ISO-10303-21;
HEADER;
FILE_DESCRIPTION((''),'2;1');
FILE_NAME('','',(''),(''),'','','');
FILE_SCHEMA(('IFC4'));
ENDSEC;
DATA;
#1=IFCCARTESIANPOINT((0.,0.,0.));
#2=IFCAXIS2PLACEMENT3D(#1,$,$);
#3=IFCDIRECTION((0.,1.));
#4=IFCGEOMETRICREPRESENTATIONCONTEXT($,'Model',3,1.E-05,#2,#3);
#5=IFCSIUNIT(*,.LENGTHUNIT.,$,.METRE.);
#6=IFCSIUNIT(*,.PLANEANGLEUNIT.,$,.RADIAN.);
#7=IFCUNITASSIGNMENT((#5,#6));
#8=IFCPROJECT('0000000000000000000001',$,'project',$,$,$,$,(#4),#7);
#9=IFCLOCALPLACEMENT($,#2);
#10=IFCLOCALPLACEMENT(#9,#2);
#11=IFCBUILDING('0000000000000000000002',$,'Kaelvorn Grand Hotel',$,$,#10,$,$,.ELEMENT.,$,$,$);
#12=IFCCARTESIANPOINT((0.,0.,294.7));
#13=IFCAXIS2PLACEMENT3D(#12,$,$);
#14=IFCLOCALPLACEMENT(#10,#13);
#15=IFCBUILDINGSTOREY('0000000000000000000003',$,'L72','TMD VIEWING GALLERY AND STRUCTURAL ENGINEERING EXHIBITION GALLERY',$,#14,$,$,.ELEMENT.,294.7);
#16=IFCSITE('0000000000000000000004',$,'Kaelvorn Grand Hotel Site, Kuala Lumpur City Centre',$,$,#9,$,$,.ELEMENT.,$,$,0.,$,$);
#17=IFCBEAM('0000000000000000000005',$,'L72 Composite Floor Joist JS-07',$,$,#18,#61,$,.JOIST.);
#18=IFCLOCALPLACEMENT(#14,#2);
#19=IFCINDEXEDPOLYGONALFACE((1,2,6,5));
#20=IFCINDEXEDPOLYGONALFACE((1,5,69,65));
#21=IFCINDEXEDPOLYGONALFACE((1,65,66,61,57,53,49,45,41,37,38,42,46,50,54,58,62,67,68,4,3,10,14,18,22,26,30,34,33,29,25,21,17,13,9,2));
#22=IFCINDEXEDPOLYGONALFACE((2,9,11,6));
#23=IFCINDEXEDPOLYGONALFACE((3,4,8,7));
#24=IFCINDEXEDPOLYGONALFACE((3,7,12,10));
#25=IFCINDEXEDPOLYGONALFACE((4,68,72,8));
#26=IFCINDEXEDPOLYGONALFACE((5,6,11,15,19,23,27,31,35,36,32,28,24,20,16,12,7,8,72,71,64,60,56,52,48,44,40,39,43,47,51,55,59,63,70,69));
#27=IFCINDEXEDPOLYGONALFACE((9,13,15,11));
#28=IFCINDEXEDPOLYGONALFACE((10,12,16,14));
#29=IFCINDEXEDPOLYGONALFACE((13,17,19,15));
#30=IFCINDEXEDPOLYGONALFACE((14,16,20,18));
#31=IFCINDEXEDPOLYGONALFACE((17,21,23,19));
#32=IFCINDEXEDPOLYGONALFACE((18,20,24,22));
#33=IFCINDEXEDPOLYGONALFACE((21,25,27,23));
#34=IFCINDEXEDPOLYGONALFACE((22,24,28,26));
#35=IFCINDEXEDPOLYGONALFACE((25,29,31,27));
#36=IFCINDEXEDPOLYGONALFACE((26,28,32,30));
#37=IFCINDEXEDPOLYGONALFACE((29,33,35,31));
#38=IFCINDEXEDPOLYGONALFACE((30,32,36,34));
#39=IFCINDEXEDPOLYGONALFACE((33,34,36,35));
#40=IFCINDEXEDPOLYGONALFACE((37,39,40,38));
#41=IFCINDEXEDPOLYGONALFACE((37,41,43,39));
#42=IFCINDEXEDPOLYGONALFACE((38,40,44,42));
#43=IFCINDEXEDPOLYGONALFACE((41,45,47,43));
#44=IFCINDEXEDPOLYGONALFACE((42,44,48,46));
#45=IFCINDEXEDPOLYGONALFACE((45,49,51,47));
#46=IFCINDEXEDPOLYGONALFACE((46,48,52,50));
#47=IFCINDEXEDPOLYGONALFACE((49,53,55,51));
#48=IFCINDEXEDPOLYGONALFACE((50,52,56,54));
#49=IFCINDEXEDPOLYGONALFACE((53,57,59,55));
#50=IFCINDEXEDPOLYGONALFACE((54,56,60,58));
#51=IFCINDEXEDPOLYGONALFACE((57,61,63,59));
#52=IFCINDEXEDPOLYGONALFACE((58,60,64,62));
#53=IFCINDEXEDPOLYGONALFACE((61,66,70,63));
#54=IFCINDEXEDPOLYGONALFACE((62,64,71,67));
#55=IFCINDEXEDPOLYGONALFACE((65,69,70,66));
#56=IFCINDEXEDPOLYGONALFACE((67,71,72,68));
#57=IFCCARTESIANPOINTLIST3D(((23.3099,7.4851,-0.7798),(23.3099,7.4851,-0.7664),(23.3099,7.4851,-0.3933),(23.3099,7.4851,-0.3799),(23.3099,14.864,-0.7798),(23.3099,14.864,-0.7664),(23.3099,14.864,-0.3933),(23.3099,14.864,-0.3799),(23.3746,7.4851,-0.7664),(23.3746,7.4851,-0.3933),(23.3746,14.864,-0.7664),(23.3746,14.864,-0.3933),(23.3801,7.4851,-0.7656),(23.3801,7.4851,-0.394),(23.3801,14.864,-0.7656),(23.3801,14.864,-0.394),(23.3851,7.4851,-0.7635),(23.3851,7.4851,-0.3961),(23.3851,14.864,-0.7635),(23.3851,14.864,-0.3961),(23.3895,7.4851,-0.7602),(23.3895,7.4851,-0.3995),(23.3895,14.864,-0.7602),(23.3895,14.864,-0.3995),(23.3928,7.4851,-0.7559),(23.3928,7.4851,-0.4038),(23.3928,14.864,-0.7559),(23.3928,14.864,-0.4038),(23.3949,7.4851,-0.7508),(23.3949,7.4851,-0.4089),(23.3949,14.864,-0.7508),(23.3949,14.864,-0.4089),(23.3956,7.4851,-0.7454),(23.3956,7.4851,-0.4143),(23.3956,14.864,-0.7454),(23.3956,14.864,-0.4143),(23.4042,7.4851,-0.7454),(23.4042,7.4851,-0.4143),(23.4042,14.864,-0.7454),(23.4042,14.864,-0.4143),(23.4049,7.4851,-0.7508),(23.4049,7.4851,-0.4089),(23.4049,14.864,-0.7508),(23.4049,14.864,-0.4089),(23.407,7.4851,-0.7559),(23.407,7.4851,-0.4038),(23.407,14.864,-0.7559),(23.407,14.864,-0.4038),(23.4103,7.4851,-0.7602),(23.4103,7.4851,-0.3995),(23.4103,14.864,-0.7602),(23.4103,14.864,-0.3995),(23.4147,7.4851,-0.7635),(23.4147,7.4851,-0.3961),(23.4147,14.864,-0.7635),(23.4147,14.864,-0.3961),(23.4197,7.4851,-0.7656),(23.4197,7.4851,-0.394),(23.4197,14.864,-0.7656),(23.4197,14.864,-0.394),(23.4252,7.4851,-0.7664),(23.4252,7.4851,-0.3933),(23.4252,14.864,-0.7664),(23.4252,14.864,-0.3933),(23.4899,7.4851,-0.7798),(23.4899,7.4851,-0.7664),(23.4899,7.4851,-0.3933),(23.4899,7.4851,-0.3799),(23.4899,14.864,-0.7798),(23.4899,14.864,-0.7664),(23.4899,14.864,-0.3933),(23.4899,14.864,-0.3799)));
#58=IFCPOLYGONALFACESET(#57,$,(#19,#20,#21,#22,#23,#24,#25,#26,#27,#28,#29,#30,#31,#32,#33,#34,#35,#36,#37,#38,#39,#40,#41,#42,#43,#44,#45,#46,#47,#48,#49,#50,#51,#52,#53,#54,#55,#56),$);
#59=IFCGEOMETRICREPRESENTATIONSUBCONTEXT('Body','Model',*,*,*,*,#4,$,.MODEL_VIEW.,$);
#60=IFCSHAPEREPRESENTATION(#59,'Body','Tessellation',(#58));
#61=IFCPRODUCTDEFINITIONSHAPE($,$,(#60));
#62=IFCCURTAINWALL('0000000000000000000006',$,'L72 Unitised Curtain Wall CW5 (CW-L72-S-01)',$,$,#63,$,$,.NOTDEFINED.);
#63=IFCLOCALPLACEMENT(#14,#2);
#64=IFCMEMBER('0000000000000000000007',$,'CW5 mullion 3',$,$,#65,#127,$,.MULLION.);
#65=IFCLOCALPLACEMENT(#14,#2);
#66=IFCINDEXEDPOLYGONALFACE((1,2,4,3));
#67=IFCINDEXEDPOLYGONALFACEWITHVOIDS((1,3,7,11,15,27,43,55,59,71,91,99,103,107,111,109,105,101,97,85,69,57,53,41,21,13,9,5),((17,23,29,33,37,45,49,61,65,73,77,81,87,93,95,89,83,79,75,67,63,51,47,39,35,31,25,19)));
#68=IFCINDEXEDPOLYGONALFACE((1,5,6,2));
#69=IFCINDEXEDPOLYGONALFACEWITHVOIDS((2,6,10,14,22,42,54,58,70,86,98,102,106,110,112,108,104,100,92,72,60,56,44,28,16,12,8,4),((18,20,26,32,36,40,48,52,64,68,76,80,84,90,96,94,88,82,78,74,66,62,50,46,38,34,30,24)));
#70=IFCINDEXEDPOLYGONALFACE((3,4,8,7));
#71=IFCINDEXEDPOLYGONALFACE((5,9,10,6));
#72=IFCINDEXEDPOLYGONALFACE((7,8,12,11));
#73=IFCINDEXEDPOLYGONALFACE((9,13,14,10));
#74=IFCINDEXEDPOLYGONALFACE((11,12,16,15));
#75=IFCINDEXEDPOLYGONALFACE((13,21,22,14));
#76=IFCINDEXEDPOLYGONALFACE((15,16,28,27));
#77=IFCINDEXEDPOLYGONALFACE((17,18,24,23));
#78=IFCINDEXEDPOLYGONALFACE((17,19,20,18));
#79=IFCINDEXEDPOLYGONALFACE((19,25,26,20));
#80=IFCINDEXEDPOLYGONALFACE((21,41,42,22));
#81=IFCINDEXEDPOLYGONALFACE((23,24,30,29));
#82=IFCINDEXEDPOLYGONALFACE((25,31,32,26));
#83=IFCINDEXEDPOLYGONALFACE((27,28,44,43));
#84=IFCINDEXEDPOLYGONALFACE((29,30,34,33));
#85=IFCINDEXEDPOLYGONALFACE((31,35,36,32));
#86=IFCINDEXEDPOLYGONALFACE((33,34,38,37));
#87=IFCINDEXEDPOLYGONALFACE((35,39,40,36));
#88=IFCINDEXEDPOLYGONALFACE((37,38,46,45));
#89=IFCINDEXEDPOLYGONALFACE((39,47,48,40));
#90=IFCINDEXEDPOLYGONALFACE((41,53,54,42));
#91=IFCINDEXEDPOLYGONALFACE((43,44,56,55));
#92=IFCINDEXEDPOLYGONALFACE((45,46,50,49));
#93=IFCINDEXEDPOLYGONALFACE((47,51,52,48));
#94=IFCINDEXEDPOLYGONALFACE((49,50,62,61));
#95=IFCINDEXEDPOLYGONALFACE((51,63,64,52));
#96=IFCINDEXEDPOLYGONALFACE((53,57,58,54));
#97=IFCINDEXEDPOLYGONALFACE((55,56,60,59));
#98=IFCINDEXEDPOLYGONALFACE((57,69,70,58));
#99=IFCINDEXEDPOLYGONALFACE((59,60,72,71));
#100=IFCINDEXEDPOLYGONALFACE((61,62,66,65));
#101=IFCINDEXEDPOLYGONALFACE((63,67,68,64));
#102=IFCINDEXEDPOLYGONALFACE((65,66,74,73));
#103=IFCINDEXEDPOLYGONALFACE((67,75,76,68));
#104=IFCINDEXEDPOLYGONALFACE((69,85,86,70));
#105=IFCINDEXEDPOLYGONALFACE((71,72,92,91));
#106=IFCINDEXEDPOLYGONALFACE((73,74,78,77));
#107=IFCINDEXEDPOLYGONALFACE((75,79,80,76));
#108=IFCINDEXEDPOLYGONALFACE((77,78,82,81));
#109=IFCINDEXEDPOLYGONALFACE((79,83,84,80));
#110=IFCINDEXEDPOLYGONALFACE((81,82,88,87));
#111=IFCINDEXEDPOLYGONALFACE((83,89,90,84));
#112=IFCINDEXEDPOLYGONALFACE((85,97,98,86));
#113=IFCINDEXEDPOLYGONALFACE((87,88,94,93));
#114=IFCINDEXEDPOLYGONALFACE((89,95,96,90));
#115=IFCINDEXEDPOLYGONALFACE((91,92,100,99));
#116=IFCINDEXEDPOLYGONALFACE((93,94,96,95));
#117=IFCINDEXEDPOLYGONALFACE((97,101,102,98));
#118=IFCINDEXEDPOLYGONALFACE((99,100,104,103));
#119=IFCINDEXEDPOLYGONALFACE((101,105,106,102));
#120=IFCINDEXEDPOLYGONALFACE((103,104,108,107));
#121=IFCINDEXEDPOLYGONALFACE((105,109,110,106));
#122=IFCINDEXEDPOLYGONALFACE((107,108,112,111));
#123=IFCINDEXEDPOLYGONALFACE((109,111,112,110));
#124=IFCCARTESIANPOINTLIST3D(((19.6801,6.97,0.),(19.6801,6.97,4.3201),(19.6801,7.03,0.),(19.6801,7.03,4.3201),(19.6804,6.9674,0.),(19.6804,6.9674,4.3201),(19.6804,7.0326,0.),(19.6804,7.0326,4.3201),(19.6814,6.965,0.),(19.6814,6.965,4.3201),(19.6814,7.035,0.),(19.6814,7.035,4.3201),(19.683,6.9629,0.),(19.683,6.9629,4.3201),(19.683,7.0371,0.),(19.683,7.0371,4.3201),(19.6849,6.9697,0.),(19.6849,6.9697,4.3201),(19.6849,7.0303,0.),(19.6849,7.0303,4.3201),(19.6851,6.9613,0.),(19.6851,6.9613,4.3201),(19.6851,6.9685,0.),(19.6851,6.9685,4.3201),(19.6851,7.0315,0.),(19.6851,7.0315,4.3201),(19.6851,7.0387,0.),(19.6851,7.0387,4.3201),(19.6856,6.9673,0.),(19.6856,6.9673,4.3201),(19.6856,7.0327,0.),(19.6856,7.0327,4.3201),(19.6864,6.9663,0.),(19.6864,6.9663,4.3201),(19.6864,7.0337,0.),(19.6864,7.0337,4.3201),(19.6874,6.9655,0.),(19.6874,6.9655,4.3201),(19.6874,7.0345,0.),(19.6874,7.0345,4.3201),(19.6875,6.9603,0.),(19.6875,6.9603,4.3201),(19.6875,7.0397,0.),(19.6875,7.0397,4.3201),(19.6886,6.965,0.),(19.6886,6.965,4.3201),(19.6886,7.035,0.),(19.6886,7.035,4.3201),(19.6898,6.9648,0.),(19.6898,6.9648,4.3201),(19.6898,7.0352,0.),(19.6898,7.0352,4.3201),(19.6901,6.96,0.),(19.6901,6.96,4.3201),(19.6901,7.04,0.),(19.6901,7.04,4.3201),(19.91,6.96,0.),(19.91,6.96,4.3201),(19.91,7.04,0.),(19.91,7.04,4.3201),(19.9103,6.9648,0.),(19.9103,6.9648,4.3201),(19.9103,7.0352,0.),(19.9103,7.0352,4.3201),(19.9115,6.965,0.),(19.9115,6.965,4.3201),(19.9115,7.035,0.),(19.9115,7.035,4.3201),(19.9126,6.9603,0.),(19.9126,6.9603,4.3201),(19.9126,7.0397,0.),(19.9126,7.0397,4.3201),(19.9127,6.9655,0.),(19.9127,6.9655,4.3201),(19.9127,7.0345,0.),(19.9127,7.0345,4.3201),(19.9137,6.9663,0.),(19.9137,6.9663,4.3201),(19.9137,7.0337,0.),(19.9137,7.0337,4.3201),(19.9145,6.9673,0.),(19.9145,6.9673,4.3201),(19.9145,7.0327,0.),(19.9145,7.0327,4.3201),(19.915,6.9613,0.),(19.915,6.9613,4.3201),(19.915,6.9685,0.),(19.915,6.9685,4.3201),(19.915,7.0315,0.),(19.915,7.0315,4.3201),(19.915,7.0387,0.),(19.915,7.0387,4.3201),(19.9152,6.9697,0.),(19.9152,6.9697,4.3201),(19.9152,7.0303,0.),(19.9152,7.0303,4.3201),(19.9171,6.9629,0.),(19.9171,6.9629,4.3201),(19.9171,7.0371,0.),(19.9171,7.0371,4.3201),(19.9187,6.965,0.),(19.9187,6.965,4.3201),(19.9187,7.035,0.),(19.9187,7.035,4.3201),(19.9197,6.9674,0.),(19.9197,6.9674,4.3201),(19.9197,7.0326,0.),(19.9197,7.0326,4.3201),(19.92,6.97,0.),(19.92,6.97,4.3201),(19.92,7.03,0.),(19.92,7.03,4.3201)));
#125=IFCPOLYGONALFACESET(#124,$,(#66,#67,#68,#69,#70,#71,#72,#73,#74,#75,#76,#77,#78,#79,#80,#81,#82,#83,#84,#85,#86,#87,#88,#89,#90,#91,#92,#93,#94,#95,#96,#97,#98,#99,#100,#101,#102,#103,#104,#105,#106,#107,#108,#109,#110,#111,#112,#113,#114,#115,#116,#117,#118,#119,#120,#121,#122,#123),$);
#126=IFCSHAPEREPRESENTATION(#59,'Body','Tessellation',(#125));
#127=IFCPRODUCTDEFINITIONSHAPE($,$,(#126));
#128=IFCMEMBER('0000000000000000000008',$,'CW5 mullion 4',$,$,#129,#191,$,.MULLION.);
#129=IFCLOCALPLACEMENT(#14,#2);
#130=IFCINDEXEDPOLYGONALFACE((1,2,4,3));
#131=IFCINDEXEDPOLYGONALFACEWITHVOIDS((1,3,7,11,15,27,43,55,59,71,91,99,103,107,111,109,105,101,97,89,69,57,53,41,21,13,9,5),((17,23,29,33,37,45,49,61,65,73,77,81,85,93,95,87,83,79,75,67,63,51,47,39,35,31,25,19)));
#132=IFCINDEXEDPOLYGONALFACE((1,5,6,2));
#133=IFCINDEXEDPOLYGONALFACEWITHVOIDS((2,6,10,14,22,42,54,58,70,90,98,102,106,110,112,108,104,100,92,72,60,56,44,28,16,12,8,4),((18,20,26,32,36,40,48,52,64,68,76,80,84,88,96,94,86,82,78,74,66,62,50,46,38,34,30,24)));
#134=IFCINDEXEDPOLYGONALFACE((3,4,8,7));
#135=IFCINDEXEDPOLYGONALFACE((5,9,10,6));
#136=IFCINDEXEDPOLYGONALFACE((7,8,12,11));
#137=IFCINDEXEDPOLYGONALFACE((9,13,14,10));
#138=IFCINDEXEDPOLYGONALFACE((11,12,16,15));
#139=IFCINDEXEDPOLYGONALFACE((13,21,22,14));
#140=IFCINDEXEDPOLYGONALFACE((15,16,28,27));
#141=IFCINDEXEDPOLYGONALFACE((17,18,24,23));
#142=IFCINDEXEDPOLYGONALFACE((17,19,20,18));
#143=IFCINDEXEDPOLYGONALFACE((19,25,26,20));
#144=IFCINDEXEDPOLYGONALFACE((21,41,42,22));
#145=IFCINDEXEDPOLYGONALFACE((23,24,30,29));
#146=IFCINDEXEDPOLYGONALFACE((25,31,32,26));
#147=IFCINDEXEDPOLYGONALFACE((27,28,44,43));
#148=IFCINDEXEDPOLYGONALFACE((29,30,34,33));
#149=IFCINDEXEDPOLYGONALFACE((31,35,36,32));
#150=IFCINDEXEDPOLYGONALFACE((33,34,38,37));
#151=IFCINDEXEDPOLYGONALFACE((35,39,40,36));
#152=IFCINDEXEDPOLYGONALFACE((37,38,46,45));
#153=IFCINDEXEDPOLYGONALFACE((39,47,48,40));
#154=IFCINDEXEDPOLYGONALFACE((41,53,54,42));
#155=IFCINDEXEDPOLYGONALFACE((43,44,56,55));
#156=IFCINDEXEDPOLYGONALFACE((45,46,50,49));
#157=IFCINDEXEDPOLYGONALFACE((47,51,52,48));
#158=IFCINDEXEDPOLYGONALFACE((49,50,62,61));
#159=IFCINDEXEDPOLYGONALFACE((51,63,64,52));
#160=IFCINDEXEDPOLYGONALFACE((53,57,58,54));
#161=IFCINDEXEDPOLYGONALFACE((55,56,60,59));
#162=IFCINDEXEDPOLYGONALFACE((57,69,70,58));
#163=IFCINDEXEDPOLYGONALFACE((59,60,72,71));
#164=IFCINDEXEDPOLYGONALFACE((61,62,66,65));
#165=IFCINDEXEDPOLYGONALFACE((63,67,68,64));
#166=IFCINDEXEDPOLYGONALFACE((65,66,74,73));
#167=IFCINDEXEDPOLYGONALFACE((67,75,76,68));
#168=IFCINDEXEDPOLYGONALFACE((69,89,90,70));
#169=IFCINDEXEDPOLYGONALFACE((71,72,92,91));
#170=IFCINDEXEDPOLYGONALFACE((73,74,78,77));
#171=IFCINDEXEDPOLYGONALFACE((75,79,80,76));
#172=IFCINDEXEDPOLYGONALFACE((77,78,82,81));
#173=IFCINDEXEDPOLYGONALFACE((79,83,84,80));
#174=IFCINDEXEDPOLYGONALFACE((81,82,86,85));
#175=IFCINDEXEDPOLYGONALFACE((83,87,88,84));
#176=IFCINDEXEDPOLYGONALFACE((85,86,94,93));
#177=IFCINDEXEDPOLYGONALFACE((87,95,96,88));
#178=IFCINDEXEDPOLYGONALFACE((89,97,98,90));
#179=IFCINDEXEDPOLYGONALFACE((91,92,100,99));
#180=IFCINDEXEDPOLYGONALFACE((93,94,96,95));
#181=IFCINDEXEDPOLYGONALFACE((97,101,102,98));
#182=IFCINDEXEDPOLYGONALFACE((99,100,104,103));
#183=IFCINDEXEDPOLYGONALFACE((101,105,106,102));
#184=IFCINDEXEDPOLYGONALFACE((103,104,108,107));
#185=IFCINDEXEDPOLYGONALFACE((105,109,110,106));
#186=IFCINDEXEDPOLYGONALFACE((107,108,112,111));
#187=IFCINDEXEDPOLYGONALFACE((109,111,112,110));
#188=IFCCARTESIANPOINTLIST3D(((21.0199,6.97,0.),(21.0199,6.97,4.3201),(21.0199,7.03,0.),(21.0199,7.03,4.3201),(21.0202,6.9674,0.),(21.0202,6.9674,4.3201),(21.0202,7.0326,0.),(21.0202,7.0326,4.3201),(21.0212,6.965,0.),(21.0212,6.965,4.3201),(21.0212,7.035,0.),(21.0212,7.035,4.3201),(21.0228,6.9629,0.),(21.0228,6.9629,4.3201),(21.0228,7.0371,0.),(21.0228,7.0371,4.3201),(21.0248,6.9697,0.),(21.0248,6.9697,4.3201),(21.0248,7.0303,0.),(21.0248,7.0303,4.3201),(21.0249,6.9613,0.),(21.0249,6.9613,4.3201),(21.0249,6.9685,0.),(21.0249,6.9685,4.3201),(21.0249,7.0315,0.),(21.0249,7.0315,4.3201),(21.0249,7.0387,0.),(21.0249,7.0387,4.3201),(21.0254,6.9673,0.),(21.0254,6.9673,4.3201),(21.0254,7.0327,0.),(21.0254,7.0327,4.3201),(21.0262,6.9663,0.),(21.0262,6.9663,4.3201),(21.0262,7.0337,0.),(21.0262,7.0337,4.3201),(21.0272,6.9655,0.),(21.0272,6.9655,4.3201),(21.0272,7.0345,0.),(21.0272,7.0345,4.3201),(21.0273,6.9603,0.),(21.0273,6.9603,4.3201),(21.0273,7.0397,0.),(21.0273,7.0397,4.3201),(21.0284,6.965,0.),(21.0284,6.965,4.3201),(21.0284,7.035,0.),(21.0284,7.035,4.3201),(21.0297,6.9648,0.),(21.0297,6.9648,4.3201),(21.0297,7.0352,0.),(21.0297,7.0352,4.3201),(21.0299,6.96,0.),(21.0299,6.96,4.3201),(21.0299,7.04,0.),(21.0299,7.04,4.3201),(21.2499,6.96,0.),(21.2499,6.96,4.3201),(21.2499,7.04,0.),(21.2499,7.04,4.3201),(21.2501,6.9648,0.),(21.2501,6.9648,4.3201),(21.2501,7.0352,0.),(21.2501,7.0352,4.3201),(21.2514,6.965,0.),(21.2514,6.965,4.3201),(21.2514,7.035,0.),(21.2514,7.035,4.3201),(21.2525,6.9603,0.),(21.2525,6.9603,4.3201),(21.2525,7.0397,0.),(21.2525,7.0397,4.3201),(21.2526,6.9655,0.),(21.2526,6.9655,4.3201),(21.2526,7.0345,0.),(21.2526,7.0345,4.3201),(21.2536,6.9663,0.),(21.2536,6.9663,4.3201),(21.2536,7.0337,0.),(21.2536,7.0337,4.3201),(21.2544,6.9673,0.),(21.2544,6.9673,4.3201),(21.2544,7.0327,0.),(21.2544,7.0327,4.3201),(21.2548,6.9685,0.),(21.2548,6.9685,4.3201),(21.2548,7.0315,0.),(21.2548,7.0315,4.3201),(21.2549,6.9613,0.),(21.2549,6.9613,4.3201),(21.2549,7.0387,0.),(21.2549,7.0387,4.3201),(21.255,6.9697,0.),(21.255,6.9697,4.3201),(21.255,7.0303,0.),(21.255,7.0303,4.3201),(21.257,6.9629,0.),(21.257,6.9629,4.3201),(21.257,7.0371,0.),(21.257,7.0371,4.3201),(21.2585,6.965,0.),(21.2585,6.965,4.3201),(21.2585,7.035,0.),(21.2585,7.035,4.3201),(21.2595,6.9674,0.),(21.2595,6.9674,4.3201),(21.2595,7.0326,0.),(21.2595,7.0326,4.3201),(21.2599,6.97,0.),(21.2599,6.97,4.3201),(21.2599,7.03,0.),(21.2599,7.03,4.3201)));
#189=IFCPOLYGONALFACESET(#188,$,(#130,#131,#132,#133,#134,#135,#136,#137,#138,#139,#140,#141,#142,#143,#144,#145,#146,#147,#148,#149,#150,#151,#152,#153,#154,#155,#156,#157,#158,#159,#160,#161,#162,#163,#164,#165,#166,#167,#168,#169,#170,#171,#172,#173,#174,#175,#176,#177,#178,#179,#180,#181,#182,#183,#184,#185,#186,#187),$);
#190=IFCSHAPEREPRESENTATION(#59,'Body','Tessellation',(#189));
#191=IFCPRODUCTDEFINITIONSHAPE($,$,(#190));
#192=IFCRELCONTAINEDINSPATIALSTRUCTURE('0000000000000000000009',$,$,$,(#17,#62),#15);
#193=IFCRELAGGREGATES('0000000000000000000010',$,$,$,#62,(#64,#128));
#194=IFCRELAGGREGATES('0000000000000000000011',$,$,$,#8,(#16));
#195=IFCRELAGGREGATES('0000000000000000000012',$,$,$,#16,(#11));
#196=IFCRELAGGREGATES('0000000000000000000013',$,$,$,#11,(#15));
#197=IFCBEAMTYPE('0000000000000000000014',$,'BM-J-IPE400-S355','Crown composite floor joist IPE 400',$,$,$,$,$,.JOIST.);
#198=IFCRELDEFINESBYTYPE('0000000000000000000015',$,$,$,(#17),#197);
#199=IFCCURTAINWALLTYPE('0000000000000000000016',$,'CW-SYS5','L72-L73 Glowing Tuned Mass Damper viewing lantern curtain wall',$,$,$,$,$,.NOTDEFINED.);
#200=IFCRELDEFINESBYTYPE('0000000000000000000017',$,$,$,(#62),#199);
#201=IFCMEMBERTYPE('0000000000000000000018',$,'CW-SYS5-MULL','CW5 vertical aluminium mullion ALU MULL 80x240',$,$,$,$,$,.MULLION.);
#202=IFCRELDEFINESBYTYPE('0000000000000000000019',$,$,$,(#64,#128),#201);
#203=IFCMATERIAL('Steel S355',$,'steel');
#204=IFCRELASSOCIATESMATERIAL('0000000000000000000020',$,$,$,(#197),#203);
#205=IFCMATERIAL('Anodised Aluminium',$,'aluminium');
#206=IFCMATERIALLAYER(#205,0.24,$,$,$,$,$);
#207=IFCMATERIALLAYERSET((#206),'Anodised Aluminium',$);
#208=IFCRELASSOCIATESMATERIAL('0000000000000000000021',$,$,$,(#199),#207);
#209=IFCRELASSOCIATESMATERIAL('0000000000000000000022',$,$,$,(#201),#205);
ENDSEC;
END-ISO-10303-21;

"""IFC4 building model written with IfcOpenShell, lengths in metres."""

from ifc_helpers import new_model, si_unit, direction, frame, origin, origin_2d, place, context, subcontext, project, spatial, hollow_rectangle, i_section, extrude, material, layer, layer_set, material_profile, profile_set, type_object, element, aggregate, save


model = new_model("IFC4")

# Units and contexts
model_context = context("Model", 3, precision=1e-05, world=origin(), true_north=direction((0.0, 1.0)))
body_context = subcontext(model_context, "Body", "Model", "MODEL_VIEW")
ifc_project = project(units=[si_unit("LENGTHUNIT", "METRE"), si_unit("PLANEANGLEUNIT", "RADIAN")], contexts=[model_context])

# Site, building, storey
site_placement = place(None, origin())
site = spatial("IfcSite", under=ifc_project, at=site_placement, Name="Kaelvorn Grand Hotel Site, Kuala Lumpur City Centre", CompositionType="ELEMENT", RefElevation=0.0)
building_placement = place(site_placement, origin())
building = spatial("IfcBuilding", under=site, at=building_placement, Name="Kaelvorn Grand Hotel", CompositionType="ELEMENT")
storey_placement = place(building_placement, frame((0.0, 0.0, 294.7)))
storey = spatial("IfcBuildingStorey", under=building, at=storey_placement, Name="L72", Description="TMD VIEWING GALLERY AND STRUCTURAL ENGINEERING EXHIBITION GALLERY", CompositionType="ELEMENT", Elevation=294.7)

# Beam
ifc_material_1 = material(Name="Steel S355", Category="steel")
ifc_material_profile_1 = material_profile(ifc_material_1, i_section(OverallWidth=0.1799, OverallDepth=0.3999, WebThickness=0.0085, FlangeThickness=0.0134, FilletRadius=0.021, at=origin_2d()), Name="IPE 400")
ifc_profile_set_1 = profile_set([ifc_material_profile_1], Name="Steel S355")
beam_type_1 = type_object("IfcBeamType", Name="BM-J-IPE400-S355", Description="Crown composite floor joist IPE 400", PredefinedType="JOIST", material=ifc_profile_set_1)
beam_1_placement = place(storey_placement, frame((23.3999, 7.4851, -0.5798), z_axis=(0.0, 1.0, 0.0), x_axis=(-1.0, 0.0, 0.0)))
element("IfcBeam", 1, at=beam_1_placement, inside=storey, type_object=beam_type_1, Name="L72 Composite Floor Joist JS-07", PredefinedType="JOIST", context=body_context, shape_type="SweptSolid", body=[
    extrude(i_section(OverallWidth=0.1799, OverallDepth=0.3999, WebThickness=0.0085, FlangeThickness=0.0134, FilletRadius=0.021, at=origin_2d()), origin(), (0.0, 0.0, 1.0), 7.3789),
])

# Curtain wall, members
ifc_material_2 = material(Name="Anodised Aluminium", Category="aluminium")
ifc_layer_1 = layer(ifc_material_2, 0.24)
ifc_layer_set_1 = layer_set([ifc_layer_1], Name="Anodised Aluminium")
curtain_wall_type = type_object("IfcCurtainWallType", Name="CW-SYS5", Description="L72-L73 Glowing Tuned Mass Damper viewing lantern curtain wall", PredefinedType="NOTDEFINED", material=ifc_layer_set_1)
curtain_wall_placement = place(storey_placement, origin())
curtain_wall = element("IfcCurtainWall", 2, at=curtain_wall_placement, inside=storey, type_object=curtain_wall_type, Name="L72 Unitised Curtain Wall CW5 (CW-L72-S-01)", PredefinedType="NOTDEFINED")
ifc_material_profile_2 = material_profile(ifc_material_2, hollow_rectangle(XDim=0.0801, YDim=0.24, WallThickness=0.0049, InnerFilletRadius=0.0049, OuterFilletRadius=0.01, at=origin_2d()), Name="ALU MULL 80x240")
ifc_profile_set_2 = profile_set([ifc_material_profile_2], Name="Anodised Aluminium")
member_type_1 = type_object("IfcMemberType", Name="CW-SYS5-MULL", Description="CW5 vertical aluminium mullion ALU MULL 80x240", PredefinedType="MULLION", material=ifc_profile_set_2)
member_1_placement = place(storey_placement, frame((19.8, 7.0, 0.0), z_axis=(0.0, 0.0, 1.0), x_axis=(0.0, 1.0, 0.0)))
member_1 = element("IfcMember", 3, at=member_1_placement, type_object=member_type_1, Name="CW5 mullion 3", PredefinedType="MULLION", context=body_context, shape_type="SweptSolid", body=[
    extrude(hollow_rectangle(XDim=0.0801, YDim=0.24, WallThickness=0.0049, InnerFilletRadius=0.0049, OuterFilletRadius=0.01, at=origin_2d()), origin(), (0.0, 0.0, 1.0), 4.3201),
])
member_2_placement = place(storey_placement, frame((21.1399, 7.0, 0.0), z_axis=(0.0, 0.0, 1.0), x_axis=(0.0, 1.0, 0.0)))
member_2 = element("IfcMember", 4, at=member_2_placement, type_object=member_type_1, Name="CW5 mullion 4", PredefinedType="MULLION", context=body_context, shape_type="SweptSolid", body=[
    extrude(hollow_rectangle(XDim=0.0801, YDim=0.24, WallThickness=0.0049, InnerFilletRadius=0.0049, OuterFilletRadius=0.01, at=origin_2d()), origin(), (0.0, 0.0, 1.0), 4.3201),
])
aggregate(curtain_wall, [member_1, member_2])

save(model, "model.ifc")
